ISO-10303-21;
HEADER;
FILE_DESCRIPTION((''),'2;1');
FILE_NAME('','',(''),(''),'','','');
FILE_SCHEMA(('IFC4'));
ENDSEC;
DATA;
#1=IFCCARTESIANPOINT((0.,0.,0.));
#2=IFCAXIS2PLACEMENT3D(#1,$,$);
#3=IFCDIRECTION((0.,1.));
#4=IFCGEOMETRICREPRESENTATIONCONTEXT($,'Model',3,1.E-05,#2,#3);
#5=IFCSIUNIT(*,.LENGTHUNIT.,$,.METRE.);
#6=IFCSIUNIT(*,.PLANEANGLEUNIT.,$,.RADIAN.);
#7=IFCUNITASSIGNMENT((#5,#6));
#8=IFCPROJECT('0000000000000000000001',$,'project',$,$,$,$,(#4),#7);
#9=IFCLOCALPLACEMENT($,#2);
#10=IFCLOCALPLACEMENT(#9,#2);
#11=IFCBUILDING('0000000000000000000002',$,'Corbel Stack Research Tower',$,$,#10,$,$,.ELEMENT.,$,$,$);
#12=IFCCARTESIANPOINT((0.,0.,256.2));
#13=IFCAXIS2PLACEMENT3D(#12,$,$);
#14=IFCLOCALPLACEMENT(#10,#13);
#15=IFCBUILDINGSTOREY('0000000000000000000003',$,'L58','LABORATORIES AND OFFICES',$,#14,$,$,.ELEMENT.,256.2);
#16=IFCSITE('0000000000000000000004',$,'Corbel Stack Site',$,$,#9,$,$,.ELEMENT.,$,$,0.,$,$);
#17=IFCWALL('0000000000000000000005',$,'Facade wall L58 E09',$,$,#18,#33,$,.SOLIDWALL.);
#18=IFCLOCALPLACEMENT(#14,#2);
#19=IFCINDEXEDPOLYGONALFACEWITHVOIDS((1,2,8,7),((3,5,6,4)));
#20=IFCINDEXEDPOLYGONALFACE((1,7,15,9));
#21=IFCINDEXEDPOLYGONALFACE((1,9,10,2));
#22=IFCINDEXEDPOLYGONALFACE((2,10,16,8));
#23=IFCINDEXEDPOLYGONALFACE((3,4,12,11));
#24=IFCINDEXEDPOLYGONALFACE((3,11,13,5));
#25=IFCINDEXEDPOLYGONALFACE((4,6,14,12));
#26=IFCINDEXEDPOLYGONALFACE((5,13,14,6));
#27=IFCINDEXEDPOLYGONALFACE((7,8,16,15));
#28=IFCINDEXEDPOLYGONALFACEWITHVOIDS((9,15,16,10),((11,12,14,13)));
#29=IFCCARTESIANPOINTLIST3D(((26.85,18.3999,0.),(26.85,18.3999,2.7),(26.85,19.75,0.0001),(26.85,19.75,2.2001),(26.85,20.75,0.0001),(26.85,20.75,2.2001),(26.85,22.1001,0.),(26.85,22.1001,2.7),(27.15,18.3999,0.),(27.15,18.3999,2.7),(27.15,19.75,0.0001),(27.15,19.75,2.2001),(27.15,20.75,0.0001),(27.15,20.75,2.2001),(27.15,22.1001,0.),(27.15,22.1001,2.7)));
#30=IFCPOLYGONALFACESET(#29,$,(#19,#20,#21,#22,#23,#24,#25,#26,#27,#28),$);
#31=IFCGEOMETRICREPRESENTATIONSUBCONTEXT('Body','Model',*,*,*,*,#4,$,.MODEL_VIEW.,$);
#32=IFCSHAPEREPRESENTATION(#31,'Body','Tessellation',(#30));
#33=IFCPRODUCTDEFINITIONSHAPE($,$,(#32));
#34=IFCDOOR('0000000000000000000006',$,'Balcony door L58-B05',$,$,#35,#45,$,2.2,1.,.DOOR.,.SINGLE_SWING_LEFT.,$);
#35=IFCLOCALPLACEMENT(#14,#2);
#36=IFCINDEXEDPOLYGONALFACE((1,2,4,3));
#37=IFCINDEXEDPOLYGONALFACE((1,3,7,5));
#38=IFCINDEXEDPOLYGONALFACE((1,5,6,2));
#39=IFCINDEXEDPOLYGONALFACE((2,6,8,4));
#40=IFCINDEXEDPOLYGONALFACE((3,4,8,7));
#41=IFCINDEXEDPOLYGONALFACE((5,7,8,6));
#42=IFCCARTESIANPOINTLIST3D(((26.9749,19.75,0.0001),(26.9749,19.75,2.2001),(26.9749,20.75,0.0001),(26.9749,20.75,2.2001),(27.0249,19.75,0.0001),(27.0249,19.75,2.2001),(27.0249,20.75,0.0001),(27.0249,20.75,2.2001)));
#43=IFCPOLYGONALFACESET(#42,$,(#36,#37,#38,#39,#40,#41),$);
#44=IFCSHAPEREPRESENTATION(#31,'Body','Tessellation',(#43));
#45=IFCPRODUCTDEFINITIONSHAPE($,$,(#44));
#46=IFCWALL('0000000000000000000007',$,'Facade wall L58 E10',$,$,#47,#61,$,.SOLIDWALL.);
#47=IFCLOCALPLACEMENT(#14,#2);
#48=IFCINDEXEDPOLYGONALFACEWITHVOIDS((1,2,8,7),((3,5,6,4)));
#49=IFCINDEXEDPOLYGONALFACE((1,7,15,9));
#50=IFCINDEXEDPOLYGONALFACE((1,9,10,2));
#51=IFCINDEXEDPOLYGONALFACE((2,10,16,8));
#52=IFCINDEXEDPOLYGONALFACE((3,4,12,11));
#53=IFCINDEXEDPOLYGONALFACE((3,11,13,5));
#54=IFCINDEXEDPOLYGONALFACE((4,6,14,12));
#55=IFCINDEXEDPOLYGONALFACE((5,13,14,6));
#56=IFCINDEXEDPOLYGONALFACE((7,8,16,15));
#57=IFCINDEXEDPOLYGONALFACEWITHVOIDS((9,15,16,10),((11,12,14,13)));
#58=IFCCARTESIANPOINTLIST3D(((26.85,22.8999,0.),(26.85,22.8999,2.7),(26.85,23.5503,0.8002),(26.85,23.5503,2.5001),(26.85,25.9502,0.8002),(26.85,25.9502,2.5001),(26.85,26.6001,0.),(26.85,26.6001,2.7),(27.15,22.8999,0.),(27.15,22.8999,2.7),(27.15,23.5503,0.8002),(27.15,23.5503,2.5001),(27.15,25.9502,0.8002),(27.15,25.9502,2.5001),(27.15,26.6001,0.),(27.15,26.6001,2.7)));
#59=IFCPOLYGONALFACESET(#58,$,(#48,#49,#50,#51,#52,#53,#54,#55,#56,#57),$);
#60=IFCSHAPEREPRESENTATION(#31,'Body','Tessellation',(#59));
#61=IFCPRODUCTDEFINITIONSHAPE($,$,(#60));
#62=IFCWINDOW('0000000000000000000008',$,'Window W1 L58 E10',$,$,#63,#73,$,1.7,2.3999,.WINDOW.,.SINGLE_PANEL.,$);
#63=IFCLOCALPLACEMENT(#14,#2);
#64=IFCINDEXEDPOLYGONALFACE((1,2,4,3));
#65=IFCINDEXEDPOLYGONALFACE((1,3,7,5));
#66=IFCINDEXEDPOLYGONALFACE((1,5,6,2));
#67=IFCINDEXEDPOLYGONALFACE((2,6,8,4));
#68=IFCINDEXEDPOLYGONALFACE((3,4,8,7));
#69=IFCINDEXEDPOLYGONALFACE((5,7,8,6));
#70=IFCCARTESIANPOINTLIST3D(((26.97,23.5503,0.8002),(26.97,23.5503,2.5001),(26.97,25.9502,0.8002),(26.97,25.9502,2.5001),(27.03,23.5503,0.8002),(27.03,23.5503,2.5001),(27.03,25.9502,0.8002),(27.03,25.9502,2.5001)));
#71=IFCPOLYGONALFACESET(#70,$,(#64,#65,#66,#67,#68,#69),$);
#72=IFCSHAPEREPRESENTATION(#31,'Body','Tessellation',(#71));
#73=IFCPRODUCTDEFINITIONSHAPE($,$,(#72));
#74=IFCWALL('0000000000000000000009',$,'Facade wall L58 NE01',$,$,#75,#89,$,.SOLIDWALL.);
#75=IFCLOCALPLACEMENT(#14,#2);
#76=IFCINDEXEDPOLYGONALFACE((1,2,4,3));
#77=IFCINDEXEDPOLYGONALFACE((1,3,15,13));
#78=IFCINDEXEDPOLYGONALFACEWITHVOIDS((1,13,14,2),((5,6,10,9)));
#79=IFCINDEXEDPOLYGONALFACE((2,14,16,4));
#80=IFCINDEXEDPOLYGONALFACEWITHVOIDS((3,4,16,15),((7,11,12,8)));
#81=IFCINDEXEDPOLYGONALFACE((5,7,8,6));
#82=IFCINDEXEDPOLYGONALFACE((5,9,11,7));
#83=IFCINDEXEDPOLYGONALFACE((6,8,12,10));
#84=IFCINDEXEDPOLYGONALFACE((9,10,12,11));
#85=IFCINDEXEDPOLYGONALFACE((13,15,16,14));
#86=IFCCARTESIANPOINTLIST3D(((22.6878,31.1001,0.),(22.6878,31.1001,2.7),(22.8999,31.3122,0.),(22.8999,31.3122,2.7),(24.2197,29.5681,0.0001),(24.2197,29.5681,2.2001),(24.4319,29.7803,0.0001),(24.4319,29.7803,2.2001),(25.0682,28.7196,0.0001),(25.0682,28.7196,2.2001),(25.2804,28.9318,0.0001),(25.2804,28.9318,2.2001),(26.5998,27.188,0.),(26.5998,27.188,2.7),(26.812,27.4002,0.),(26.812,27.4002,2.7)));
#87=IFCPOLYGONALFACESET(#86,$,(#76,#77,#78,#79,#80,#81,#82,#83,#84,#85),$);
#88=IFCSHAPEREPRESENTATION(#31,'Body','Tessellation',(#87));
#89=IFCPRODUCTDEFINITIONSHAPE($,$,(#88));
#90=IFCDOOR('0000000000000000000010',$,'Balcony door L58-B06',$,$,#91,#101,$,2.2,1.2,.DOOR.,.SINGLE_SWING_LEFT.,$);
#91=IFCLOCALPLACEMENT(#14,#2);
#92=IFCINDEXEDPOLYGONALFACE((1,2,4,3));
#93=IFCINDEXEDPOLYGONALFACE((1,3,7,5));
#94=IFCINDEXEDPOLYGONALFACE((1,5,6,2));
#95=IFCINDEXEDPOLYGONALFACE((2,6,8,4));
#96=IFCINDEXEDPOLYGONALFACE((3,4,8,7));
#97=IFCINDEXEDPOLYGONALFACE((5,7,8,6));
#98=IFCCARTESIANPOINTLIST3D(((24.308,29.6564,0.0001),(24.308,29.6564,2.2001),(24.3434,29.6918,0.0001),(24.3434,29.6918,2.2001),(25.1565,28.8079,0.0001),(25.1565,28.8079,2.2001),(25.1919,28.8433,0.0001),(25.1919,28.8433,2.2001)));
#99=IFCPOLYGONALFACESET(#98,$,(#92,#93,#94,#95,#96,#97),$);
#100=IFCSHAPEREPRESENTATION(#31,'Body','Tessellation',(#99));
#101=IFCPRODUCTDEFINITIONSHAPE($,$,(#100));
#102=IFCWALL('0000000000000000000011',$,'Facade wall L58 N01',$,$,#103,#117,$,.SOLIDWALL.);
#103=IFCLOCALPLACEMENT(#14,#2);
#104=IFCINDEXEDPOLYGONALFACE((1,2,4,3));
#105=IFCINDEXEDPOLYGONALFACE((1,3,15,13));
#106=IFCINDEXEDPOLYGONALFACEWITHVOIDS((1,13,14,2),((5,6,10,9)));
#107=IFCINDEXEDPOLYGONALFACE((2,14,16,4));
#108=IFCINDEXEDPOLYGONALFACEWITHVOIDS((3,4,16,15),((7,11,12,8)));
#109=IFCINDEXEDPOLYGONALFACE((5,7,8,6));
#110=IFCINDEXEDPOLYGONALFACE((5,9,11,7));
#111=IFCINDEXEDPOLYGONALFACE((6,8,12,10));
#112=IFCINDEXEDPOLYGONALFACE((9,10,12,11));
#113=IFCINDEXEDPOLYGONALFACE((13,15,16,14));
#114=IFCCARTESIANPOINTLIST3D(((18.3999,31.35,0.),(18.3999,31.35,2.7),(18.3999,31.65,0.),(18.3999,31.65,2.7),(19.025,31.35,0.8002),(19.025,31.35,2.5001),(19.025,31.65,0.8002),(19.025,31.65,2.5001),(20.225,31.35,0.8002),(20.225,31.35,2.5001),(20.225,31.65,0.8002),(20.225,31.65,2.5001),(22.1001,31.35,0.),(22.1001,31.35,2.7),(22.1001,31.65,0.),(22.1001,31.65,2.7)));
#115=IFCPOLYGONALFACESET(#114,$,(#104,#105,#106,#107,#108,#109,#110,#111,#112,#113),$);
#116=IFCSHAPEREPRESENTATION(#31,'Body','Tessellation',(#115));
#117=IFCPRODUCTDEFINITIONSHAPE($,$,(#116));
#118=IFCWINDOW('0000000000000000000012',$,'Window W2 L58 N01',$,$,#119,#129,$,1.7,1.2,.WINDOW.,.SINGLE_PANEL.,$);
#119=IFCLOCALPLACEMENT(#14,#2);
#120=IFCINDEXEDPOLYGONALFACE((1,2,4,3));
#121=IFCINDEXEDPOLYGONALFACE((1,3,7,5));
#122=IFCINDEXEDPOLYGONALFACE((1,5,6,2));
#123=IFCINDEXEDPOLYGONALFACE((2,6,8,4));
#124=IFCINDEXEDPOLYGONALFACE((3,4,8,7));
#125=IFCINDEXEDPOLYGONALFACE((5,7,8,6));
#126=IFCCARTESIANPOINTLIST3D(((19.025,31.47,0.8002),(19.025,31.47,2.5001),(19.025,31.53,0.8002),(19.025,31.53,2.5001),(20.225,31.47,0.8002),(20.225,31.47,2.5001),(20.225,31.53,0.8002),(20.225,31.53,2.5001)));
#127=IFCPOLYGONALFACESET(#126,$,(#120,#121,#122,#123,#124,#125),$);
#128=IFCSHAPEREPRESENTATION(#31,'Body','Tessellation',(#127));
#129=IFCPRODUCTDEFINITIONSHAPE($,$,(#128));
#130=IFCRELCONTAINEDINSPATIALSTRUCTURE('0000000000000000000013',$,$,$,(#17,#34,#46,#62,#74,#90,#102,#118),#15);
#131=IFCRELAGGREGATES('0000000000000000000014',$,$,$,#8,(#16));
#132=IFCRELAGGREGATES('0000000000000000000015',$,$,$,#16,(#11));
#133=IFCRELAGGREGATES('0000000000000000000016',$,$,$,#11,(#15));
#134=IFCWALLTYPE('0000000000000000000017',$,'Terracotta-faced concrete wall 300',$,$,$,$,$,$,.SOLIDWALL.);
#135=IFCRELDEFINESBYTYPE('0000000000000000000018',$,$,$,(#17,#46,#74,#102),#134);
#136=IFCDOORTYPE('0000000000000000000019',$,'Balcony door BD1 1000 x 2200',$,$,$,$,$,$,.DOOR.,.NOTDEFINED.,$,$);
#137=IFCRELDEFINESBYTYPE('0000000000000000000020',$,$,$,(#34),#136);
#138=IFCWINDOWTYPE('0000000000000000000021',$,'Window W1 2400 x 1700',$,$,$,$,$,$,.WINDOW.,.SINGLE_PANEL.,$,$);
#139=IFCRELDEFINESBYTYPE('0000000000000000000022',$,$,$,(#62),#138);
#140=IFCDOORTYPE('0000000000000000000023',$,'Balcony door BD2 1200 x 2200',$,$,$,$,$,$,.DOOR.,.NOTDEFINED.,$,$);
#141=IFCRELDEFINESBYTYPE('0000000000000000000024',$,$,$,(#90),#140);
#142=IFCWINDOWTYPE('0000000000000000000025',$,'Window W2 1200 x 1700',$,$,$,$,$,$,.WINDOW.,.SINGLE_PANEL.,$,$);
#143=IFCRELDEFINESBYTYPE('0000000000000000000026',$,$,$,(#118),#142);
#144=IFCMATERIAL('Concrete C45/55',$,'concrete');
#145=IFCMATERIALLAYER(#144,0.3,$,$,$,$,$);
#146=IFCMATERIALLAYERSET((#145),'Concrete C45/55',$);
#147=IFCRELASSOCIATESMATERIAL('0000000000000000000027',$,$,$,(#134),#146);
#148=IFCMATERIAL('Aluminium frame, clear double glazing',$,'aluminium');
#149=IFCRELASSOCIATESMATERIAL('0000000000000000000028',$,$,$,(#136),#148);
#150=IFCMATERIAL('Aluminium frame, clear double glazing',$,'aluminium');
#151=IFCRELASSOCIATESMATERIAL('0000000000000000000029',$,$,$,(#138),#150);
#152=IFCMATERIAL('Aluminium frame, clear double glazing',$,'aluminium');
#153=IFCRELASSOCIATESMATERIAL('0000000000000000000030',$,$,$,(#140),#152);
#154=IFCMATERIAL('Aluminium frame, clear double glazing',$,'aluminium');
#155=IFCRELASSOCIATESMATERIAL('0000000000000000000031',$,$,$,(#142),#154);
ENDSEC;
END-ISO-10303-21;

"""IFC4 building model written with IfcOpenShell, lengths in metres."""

from ifc_helpers import new_model, si_unit, direction, frame, frame_2d, origin, place, context, subcontext, project, spatial, rectangle, extrude, material, layer, layer_set, type_object, element, fill, save


model = new_model("IFC4")

# Units and contexts
model_context = context("Model", 3, precision=1e-05, world=origin(), true_north=direction((0.0, 1.0)))
body_context = subcontext(model_context, "Body", "Model", "MODEL_VIEW")
ifc_project = project(units=[si_unit("LENGTHUNIT", "METRE"), si_unit("PLANEANGLEUNIT", "RADIAN")], contexts=[model_context])

# Site, building, storey
site_placement = place(None, origin())
site = spatial("IfcSite", under=ifc_project, at=site_placement, Name="Corbel Stack Site", CompositionType="ELEMENT", RefElevation=0.0)
building_placement = place(site_placement, origin())
building = spatial("IfcBuilding", under=site, at=building_placement, Name="Corbel Stack Research Tower", CompositionType="ELEMENT")
storey_placement = place(building_placement, frame((0.0, 0.0, 256.2)))
storey = spatial("IfcBuildingStorey", under=building, at=storey_placement, Name="L58", Description="LABORATORIES AND OFFICES", CompositionType="ELEMENT", Elevation=256.2)

# Wall, opening, door
ifc_material_1 = material(Name="Concrete C45/55", Category="concrete")
ifc_layer_1 = layer(ifc_material_1, 0.3)
ifc_layer_set_1 = layer_set([ifc_layer_1], Name="Concrete C45/55")
wall_type_1 = type_object("IfcWallType", Name="Terracotta-faced concrete wall 300", PredefinedType="SOLIDWALL", material=ifc_layer_set_1)
wall_1_placement = place(storey_placement, frame((27.0, 22.1001, 0.0), z_axis=(0.0, 0.0, 1.0), x_axis=(0.0, -1.0, 0.0)))
wall_1 = element("IfcWall", 1, at=wall_1_placement, inside=storey, type_object=wall_type_1, Name="Facade wall L58 E09", PredefinedType="SOLIDWALL", context=body_context, shape_type="SweptSolid", body=[
    extrude(rectangle(XDim=3.7002, YDim=0.3, at=frame_2d((1.8501, 0.0))), origin(), (0.0, 0.0, 1.0), 2.7),
])
opening_1_placement = place(wall_1_placement, frame((1.3501, 0.0, 0.0)))
opening_1 = element("IfcOpeningElement", 2, at=opening_1_placement, cuts=wall_1, PredefinedType="OPENING", context=body_context, shape_type="SweptSolid", body=[
    extrude(rectangle(XDim=1.0, YDim=2.2, at=frame_2d((0.5, 1.1001))), frame((0.0, 0.1599, 0.0), z_axis=(0.0, -1.0, 0.0), x_axis=(1.0, 0.0, 0.0)), (0.0, 0.0, 1.0), 0.3201),
])
ifc_material_2 = material(Name="Aluminium frame, clear double glazing", Category="aluminium")
door_type_1 = type_object("IfcDoorType", Name="Balcony door BD1 1000 x 2200", OperationType="NOTDEFINED", PredefinedType="DOOR", material=ifc_material_2)
door_1_placement = place(opening_1_placement, origin())
door_1 = element("IfcDoor", 3, at=door_1_placement, inside=storey, type_object=door_type_1, Name="Balcony door L58-B05", OperationType="SINGLE_SWING_LEFT", OverallHeight=2.2, OverallWidth=1.0, PredefinedType="DOOR", context=body_context, shape_type="SweptSolid", body=[
    extrude(rectangle(XDim=1.0, YDim=2.2, at=frame_2d((0.5, 1.1001))), frame((0.0, 0.0249, 0.0), z_axis=(0.0, -1.0, 0.0), x_axis=(1.0, 0.0, 0.0)), (0.0, 0.0, 1.0), 0.05),
])
fill(opening_1, door_1)

# Wall, opening, window
wall_2_placement = place(storey_placement, frame((27.0, 26.6001, 0.0), z_axis=(0.0, 0.0, 1.0), x_axis=(0.0, -1.0, 0.0)))
wall_2 = element("IfcWall", 4, at=wall_2_placement, inside=storey, type_object=wall_type_1, Name="Facade wall L58 E10", PredefinedType="SOLIDWALL", context=body_context, shape_type="SweptSolid", body=[
    extrude(rectangle(XDim=3.7002, YDim=0.3, at=frame_2d((1.8501, 0.0))), origin(), (0.0, 0.0, 1.0), 2.7),
])
opening_2_placement = place(wall_2_placement, frame((0.6499, 0.0, 0.8)))
opening_2 = element("IfcOpeningElement", 5, at=opening_2_placement, cuts=wall_2, PredefinedType="OPENING", context=body_context, shape_type="SweptSolid", body=[
    extrude(rectangle(XDim=2.3999, YDim=1.7, at=frame_2d((1.2, 0.8501))), frame((0.0, 0.1599, 0.0), z_axis=(0.0, -1.0, 0.0), x_axis=(1.0, 0.0, 0.0)), (0.0, 0.0, 1.0), 0.3201),
])
ifc_material_3 = material(Name="Aluminium frame, clear double glazing", Category="aluminium")
window_type_1 = type_object("IfcWindowType", Name="Window W1 2400 x 1700", PartitioningType="SINGLE_PANEL", PredefinedType="WINDOW", material=ifc_material_3)
window_1_placement = place(opening_2_placement, origin())
window_1 = element("IfcWindow", 6, at=window_1_placement, inside=storey, type_object=window_type_1, Name="Window W1 L58 E10", OverallHeight=1.7, OverallWidth=2.3999, PartitioningType="SINGLE_PANEL", PredefinedType="WINDOW", context=body_context, shape_type="SweptSolid", body=[
    extrude(rectangle(XDim=2.3999, YDim=1.7, at=frame_2d((1.2, 0.8501))), frame((0.0, 0.03, 0.0), z_axis=(0.0, -1.0, 0.0), x_axis=(1.0, 0.0, 0.0)), (0.0, 0.0, 1.0), 0.0601),
])
fill(opening_2, window_1)

# Wall, opening, door
wall_3_placement = place(storey_placement, frame((22.7939, 31.2061, 0.0), z_axis=(0.0, 0.0, 1.0), x_axis=(0.707107, -0.707107, 0.0)))
wall_3 = element("IfcWall", 7, at=wall_3_placement, inside=storey, type_object=wall_type_1, Name="Facade wall L58 NE01", PredefinedType="SOLIDWALL", context=body_context, shape_type="SweptSolid", body=[
    extrude(rectangle(XDim=5.5325, YDim=0.3, at=frame_2d((2.7661, 0.0))), origin(), (0.0, 0.0, 1.0), 2.7),
])
opening_3_placement = place(wall_3_placement, frame((2.1663, 0.0, 0.0)))
opening_3 = element("IfcOpeningElement", 8, at=opening_3_placement, cuts=wall_3, PredefinedType="OPENING", context=body_context, shape_type="SweptSolid", body=[
    extrude(rectangle(XDim=1.2, YDim=2.2, at=frame_2d((0.6001, 1.1001))), frame((0.0, 0.1599, 0.0), z_axis=(0.0, -1.0, 0.0), x_axis=(1.0, 0.0, 0.0)), (0.0, 0.0, 1.0), 0.3201),
])
ifc_material_4 = material(Name="Aluminium frame, clear double glazing", Category="aluminium")
door_type_2 = type_object("IfcDoorType", Name="Balcony door BD2 1200 x 2200", OperationType="NOTDEFINED", PredefinedType="DOOR", material=ifc_material_4)
door_2_placement = place(opening_3_placement, origin())
door_2 = element("IfcDoor", 9, at=door_2_placement, inside=storey, type_object=door_type_2, Name="Balcony door L58-B06", OperationType="SINGLE_SWING_LEFT", OverallHeight=2.2, OverallWidth=1.2, PredefinedType="DOOR", context=body_context, shape_type="SweptSolid", body=[
    extrude(rectangle(XDim=1.2, YDim=2.2, at=frame_2d((0.6001, 1.1001))), frame((0.0, 0.0249, 0.0), z_axis=(0.0, -1.0, 0.0), x_axis=(1.0, 0.0, 0.0)), (0.0, 0.0, 1.0), 0.05),
])
fill(opening_3, door_2)

# Wall, opening, window
wall_4_placement = place(storey_placement, frame((18.3999, 31.5, 0.0), z_axis=(0.0, 0.0, 1.0), x_axis=(1.0, 0.0, 0.0)))
wall_4 = element("IfcWall", 10, at=wall_4_placement, inside=storey, type_object=wall_type_1, Name="Facade wall L58 N01", PredefinedType="SOLIDWALL", context=body_context, shape_type="SweptSolid", body=[
    extrude(rectangle(XDim=3.7002, YDim=0.3, at=frame_2d((1.8501, 0.0))), origin(), (0.0, 0.0, 1.0), 2.7),
])
opening_4_placement = place(wall_4_placement, frame((0.625, 0.0, 0.8)))
opening_4 = element("IfcOpeningElement", 11, at=opening_4_placement, cuts=wall_4, PredefinedType="OPENING", context=body_context, shape_type="SweptSolid", body=[
    extrude(rectangle(XDim=1.2, YDim=1.7, at=frame_2d((0.6001, 0.8501))), frame((0.0, 0.1599, 0.0), z_axis=(0.0, -1.0, 0.0), x_axis=(1.0, 0.0, 0.0)), (0.0, 0.0, 1.0), 0.3201),
])
ifc_material_5 = material(Name="Aluminium frame, clear double glazing", Category="aluminium")
window_type_2 = type_object("IfcWindowType", Name="Window W2 1200 x 1700", PartitioningType="SINGLE_PANEL", PredefinedType="WINDOW", material=ifc_material_5)
window_2_placement = place(opening_4_placement, origin())
window_2 = element("IfcWindow", 12, at=window_2_placement, inside=storey, type_object=window_type_2, Name="Window W2 L58 N01", OverallHeight=1.7, OverallWidth=1.2, PartitioningType="SINGLE_PANEL", PredefinedType="WINDOW", context=body_context, shape_type="SweptSolid", body=[
    extrude(rectangle(XDim=1.2, YDim=1.7, at=frame_2d((0.6001, 0.8501))), frame((0.0, 0.03, 0.0), z_axis=(0.0, -1.0, 0.0), x_axis=(1.0, 0.0, 0.0)), (0.0, 0.0, 1.0), 0.0601),
])
fill(opening_4, window_2)

save(model, "model.ifc")
